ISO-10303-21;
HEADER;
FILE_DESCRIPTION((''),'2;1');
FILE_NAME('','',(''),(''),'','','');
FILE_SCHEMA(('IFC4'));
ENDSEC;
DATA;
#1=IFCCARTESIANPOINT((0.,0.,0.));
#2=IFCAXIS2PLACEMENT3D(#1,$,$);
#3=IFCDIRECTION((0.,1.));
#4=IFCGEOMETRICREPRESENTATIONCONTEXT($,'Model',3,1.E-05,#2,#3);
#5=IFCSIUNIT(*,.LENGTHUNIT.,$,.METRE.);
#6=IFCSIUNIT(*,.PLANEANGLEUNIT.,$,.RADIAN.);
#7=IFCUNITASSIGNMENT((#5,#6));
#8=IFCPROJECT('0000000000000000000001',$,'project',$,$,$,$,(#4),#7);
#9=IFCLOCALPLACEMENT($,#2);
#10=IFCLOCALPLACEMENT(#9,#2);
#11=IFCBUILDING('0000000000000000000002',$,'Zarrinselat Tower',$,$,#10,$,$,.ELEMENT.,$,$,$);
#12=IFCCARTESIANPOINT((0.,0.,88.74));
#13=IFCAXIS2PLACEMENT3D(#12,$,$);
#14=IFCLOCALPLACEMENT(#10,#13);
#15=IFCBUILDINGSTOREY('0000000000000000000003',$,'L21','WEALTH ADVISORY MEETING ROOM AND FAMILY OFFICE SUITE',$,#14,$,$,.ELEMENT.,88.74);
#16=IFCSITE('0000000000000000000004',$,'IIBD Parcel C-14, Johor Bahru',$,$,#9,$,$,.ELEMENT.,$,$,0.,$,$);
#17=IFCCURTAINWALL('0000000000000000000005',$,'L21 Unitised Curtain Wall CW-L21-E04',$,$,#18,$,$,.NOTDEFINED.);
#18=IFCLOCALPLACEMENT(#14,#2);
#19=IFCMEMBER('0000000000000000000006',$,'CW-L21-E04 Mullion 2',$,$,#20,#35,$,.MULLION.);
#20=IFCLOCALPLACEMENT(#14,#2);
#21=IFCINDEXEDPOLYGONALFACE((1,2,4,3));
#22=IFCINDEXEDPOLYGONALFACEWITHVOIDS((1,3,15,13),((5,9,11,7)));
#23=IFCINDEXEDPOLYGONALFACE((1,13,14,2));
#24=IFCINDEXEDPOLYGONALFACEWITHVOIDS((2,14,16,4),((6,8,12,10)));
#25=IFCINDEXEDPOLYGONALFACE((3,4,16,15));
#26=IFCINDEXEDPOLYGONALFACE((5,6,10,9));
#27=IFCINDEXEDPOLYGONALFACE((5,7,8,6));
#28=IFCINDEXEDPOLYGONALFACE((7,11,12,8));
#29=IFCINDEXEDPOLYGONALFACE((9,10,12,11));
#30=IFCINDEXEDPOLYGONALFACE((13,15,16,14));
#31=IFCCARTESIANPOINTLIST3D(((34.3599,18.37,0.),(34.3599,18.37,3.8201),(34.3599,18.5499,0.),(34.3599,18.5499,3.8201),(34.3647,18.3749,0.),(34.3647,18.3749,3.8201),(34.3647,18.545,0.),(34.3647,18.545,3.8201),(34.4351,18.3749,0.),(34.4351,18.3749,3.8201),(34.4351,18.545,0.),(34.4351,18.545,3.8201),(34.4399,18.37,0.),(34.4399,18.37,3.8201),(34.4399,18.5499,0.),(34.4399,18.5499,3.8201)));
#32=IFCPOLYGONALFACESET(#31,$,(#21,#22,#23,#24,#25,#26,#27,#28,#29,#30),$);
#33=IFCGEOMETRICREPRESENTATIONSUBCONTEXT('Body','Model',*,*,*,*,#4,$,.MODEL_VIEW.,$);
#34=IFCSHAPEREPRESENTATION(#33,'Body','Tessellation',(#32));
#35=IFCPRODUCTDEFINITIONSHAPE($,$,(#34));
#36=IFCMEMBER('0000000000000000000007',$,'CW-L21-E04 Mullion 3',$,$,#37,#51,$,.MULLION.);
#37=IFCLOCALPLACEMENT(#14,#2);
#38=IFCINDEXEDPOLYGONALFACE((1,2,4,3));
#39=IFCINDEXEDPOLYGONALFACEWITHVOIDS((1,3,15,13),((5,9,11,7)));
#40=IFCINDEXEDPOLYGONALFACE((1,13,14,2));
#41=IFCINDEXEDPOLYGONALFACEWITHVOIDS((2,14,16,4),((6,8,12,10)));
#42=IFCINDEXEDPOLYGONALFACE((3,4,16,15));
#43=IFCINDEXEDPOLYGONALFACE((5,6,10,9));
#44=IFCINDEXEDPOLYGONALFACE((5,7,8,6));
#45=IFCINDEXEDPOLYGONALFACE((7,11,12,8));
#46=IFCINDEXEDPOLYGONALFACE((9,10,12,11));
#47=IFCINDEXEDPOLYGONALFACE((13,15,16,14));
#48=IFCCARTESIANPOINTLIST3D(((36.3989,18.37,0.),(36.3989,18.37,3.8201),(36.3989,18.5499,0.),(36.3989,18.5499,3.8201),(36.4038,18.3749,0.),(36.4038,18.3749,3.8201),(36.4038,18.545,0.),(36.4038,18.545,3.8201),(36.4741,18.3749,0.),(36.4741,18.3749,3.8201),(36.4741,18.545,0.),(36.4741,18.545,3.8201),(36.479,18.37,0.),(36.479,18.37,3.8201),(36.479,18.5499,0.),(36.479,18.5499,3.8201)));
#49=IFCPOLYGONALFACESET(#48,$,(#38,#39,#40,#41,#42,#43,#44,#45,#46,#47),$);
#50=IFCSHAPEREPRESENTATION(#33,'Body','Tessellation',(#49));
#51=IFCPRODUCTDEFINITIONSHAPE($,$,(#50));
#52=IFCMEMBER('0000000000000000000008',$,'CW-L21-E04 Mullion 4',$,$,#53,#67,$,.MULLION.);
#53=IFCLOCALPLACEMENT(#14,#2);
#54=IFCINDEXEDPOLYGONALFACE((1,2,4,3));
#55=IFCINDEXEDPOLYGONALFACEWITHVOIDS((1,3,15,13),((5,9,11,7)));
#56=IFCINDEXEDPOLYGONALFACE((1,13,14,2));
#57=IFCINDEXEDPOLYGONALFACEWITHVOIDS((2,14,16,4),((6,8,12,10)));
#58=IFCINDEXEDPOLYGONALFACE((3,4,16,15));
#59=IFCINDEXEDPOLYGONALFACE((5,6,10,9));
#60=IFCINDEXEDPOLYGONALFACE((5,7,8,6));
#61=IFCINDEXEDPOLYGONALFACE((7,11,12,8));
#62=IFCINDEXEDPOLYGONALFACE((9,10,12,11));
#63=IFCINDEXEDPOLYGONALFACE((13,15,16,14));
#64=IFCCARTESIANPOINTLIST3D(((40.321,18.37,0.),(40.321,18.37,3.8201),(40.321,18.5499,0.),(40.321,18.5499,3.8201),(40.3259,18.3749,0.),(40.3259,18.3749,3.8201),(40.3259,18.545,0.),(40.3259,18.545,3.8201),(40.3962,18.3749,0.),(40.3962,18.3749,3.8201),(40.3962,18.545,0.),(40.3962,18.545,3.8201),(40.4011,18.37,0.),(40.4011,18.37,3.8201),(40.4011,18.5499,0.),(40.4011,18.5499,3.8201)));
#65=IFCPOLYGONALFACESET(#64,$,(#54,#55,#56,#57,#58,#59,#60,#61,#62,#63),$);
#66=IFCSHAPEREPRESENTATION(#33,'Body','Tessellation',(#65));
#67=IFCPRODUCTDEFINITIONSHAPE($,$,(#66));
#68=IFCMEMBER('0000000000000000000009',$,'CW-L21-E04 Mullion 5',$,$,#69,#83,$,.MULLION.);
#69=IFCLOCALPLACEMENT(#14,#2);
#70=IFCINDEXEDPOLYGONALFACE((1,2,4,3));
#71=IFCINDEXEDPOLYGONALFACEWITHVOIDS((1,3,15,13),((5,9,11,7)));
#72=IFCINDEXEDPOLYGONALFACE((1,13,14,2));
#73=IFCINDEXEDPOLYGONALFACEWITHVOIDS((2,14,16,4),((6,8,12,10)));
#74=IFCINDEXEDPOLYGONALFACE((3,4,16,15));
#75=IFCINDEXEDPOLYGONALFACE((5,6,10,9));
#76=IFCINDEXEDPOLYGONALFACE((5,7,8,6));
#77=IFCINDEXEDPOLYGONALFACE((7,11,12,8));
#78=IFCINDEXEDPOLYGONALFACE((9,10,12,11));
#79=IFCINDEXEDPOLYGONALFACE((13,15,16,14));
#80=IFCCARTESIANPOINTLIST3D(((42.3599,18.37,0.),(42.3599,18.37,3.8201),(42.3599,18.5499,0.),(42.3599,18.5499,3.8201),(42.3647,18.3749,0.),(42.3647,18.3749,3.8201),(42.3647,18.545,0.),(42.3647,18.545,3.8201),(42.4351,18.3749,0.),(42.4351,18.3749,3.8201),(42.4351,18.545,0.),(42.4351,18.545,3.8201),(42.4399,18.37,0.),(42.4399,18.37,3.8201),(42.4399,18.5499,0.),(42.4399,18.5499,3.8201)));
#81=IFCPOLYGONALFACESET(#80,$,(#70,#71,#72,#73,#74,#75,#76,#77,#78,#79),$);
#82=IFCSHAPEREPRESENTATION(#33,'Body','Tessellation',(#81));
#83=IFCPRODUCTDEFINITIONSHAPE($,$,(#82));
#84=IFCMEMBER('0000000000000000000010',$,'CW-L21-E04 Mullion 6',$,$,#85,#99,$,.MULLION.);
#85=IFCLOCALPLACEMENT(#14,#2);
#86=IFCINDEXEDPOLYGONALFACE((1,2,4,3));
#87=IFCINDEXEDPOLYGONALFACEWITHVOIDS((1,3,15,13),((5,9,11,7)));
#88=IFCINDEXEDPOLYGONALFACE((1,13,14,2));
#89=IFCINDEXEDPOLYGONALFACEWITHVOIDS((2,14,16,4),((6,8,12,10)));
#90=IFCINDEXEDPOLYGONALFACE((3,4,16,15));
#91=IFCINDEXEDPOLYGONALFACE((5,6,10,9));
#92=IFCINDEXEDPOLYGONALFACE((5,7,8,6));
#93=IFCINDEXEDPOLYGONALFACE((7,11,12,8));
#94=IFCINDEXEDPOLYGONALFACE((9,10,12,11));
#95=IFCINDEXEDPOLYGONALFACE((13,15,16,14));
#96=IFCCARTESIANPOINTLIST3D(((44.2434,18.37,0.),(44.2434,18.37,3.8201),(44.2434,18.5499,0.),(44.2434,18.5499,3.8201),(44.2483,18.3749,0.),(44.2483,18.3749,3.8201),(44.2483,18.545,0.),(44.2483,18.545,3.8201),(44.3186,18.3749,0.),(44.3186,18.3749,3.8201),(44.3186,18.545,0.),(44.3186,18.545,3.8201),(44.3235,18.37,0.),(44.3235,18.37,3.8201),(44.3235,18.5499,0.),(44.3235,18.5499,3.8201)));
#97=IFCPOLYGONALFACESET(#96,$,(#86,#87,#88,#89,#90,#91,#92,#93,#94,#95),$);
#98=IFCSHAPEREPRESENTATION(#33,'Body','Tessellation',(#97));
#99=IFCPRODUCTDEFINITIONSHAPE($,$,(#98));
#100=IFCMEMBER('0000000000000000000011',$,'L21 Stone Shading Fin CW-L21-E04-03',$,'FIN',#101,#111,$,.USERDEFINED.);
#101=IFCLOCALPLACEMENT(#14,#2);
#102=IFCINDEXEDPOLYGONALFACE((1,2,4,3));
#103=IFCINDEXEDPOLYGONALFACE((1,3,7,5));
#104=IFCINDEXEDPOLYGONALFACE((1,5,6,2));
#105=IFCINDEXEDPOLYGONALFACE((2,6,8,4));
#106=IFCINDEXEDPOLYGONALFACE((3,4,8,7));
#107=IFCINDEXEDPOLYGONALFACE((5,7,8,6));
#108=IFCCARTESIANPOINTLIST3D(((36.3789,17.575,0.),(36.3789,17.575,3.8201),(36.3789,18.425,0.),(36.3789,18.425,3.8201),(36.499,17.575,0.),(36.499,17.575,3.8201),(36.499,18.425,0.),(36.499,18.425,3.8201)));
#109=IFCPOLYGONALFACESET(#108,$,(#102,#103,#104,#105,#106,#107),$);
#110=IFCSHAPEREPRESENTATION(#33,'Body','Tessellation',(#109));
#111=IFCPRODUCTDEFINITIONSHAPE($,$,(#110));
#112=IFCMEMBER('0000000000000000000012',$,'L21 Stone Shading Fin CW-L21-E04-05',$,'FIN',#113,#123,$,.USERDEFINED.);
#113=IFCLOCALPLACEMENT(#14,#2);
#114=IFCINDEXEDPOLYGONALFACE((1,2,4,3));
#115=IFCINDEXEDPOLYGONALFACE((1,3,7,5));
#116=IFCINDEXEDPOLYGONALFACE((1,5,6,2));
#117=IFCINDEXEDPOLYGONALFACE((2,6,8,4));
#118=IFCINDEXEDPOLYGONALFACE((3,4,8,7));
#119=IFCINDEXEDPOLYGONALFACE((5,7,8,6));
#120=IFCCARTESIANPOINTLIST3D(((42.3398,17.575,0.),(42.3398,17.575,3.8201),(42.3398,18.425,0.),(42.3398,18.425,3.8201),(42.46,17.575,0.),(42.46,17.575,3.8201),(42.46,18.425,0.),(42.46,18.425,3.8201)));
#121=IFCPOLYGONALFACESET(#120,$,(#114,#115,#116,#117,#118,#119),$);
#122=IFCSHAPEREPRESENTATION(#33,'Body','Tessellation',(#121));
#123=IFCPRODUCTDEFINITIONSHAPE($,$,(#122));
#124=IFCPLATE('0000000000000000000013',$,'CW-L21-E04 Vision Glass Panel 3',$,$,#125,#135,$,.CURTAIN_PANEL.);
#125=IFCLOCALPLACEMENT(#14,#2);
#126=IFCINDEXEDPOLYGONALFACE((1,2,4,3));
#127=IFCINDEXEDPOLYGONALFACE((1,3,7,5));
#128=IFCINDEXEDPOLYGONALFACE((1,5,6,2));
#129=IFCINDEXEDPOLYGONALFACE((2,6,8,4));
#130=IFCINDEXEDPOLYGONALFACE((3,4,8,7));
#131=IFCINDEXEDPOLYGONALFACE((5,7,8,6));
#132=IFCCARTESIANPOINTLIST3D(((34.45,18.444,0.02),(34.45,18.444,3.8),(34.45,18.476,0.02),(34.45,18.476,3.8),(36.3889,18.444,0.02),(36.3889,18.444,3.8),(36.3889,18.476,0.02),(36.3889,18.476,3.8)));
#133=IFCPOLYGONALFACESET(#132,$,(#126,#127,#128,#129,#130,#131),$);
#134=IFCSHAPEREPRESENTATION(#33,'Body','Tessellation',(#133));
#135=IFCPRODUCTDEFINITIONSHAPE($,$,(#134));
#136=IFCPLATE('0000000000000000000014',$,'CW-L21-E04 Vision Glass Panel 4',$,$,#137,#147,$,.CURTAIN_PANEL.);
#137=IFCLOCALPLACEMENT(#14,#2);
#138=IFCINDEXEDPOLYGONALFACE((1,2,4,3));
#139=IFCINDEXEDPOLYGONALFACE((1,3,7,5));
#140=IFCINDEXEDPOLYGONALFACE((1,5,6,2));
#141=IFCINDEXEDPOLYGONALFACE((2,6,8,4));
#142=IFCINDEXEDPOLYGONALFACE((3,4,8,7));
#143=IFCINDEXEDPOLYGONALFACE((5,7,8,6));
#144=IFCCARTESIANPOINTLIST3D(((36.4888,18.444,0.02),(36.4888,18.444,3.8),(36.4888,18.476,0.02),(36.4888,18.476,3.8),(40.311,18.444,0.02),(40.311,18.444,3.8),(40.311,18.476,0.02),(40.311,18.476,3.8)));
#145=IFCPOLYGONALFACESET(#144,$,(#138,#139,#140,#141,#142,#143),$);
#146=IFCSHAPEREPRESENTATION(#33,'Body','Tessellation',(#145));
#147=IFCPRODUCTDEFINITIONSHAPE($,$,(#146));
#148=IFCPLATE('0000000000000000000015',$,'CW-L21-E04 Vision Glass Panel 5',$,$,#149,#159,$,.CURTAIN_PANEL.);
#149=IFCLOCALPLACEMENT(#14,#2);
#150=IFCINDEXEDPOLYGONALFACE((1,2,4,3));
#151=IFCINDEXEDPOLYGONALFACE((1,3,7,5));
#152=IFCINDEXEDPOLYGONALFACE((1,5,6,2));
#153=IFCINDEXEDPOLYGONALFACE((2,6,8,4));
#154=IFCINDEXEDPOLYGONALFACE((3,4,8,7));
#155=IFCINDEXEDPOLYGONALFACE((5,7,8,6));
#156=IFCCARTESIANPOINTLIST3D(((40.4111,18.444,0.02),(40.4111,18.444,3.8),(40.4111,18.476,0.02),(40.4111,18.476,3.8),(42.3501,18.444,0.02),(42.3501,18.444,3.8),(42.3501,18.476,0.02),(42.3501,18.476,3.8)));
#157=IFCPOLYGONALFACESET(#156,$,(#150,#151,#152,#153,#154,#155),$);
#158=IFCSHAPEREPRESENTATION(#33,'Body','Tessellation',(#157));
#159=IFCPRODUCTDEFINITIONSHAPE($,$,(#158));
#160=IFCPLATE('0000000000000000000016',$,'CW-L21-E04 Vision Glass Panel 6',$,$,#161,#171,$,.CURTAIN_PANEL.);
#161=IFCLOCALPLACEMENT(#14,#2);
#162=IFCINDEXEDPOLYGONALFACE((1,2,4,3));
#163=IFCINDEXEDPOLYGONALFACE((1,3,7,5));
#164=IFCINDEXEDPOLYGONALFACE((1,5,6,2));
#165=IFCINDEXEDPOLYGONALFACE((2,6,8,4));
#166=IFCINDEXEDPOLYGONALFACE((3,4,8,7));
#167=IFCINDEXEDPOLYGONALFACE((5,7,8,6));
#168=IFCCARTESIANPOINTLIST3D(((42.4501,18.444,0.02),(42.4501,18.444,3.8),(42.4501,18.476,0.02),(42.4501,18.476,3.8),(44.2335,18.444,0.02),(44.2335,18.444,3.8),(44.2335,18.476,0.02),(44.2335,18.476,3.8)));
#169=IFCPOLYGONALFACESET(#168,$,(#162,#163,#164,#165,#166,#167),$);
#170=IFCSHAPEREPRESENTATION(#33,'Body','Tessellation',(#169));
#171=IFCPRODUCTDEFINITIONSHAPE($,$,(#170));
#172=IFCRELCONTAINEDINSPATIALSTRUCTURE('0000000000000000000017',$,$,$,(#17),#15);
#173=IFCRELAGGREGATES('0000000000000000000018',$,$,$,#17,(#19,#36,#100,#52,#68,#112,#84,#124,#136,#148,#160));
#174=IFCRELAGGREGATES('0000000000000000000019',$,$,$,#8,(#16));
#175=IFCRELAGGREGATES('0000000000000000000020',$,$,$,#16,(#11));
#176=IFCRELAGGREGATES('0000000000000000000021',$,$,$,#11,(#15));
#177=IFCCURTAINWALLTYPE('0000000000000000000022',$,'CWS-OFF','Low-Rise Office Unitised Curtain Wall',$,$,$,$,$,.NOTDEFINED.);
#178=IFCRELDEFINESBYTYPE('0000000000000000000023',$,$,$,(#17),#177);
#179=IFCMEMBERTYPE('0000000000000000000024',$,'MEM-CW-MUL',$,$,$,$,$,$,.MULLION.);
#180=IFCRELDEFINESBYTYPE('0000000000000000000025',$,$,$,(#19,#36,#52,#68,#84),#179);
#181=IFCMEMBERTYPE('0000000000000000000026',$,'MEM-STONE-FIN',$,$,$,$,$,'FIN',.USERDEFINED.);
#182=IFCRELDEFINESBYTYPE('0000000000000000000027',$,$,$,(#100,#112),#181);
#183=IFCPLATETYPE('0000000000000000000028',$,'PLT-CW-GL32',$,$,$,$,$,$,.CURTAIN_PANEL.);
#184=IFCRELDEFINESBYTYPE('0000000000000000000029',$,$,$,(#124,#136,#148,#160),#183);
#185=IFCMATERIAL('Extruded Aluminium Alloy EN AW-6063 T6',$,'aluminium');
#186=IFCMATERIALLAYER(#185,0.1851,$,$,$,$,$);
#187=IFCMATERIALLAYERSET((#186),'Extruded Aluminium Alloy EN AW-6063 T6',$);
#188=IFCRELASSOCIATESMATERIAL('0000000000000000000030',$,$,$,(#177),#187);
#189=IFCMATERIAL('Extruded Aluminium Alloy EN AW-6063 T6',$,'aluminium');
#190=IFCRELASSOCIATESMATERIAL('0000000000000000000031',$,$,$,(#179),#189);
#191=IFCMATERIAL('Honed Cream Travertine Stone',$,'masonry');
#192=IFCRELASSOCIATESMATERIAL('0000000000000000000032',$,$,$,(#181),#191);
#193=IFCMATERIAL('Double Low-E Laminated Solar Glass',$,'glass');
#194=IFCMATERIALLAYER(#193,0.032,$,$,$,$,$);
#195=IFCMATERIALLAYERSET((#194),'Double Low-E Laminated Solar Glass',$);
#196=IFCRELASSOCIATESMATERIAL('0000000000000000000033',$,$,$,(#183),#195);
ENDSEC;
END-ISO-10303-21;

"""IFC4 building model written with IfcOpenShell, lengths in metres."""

from ifc_helpers import new_model, si_unit, direction, frame, origin, origin_2d, place, context, subcontext, project, spatial, rectangle, hollow_rectangle, extrude, material, layer, layer_set, material_profile, profile_set, type_object, element, aggregate, save


model = new_model("IFC4")

# Units and contexts
model_context = context("Model", 3, precision=1e-05, world=origin(), true_north=direction((0.0, 1.0)))
body_context = subcontext(model_context, "Body", "Model", "MODEL_VIEW")
ifc_project = project(units=[si_unit("LENGTHUNIT", "METRE"), si_unit("PLANEANGLEUNIT", "RADIAN")], contexts=[model_context])

# Site, building, storey
site_placement = place(None, origin())
site = spatial("IfcSite", under=ifc_project, at=site_placement, Name="IIBD Parcel C-14, Johor Bahru", CompositionType="ELEMENT", RefElevation=0.0)
building_placement = place(site_placement, origin())
building = spatial("IfcBuilding", under=site, at=building_placement, Name="Zarrinselat Tower", CompositionType="ELEMENT")
storey_placement = place(building_placement, frame((0.0, 0.0, 88.74)))
storey = spatial("IfcBuildingStorey", under=building, at=storey_placement, Name="L21", Description="WEALTH ADVISORY MEETING ROOM AND FAMILY OFFICE SUITE", CompositionType="ELEMENT", Elevation=88.74)

# Curtain wall, members, plates
ifc_material_1 = material(Name="Extruded Aluminium Alloy EN AW-6063 T6", Category="aluminium")
ifc_layer_1 = layer(ifc_material_1, 0.1851)
ifc_layer_set_1 = layer_set([ifc_layer_1], Name="Extruded Aluminium Alloy EN AW-6063 T6")
curtain_wall_type = type_object("IfcCurtainWallType", Name="CWS-OFF", Description="Low-Rise Office Unitised Curtain Wall", PredefinedType="NOTDEFINED", material=ifc_layer_set_1)
curtain_wall_placement = place(storey_placement, origin())
curtain_wall = element("IfcCurtainWall", 1, at=curtain_wall_placement, inside=storey, type_object=curtain_wall_type, Name="L21 Unitised Curtain Wall CW-L21-E04", PredefinedType="NOTDEFINED")
ifc_material_2 = material(Name="Extruded Aluminium Alloy EN AW-6063 T6", Category="aluminium")
ifc_material_profile_1 = material_profile(ifc_material_2, hollow_rectangle(XDim=0.0801, YDim=0.1799, WallThickness=0.0049, at=origin_2d()), Name="RHS 180x80x5")
ifc_profile_set_1 = profile_set([ifc_material_profile_1], Name="Extruded Aluminium Alloy EN AW-6063 T6")
member_type_1 = type_object("IfcMemberType", Name="MEM-CW-MUL", PredefinedType="MULLION", material=ifc_profile_set_1)
member_1_placement = place(storey_placement, frame((34.3999, 18.46, 0.0), z_axis=(0.0, 0.0, 1.0), x_axis=(1.0, 0.0, 0.0)))
member_1 = element("IfcMember", 2, at=member_1_placement, type_object=member_type_1, Name="CW-L21-E04 Mullion 2", PredefinedType="MULLION", context=body_context, shape_type="SweptSolid", body=[
    extrude(hollow_rectangle(XDim=0.0801, YDim=0.1799, WallThickness=0.0049, at=origin_2d()), origin(), (0.0, 0.0, 1.0), 3.8201),
])
member_2_placement = place(storey_placement, frame((36.439, 18.46, 0.0), z_axis=(0.0, 0.0, 1.0), x_axis=(1.0, 0.0, 0.0)))
member_2 = element("IfcMember", 3, at=member_2_placement, type_object=member_type_1, Name="CW-L21-E04 Mullion 3", PredefinedType="MULLION", context=body_context, shape_type="SweptSolid", body=[
    extrude(hollow_rectangle(XDim=0.0801, YDim=0.1799, WallThickness=0.0049, at=origin_2d()), origin(), (0.0, 0.0, 1.0), 3.8201),
])
member_3_placement = place(storey_placement, frame((40.3611, 18.46, 0.0), z_axis=(0.0, 0.0, 1.0), x_axis=(1.0, 0.0, 0.0)))
member_3 = element("IfcMember", 4, at=member_3_placement, type_object=member_type_1, Name="CW-L21-E04 Mullion 4", PredefinedType="MULLION", context=body_context, shape_type="SweptSolid", body=[
    extrude(hollow_rectangle(XDim=0.0801, YDim=0.1799, WallThickness=0.0049, at=origin_2d()), origin(), (0.0, 0.0, 1.0), 3.8201),
])
member_4_placement = place(storey_placement, frame((42.3999, 18.46, 0.0), z_axis=(0.0, 0.0, 1.0), x_axis=(1.0, 0.0, 0.0)))
member_4 = element("IfcMember", 5, at=member_4_placement, type_object=member_type_1, Name="CW-L21-E04 Mullion 5", PredefinedType="MULLION", context=body_context, shape_type="SweptSolid", body=[
    extrude(hollow_rectangle(XDim=0.0801, YDim=0.1799, WallThickness=0.0049, at=origin_2d()), origin(), (0.0, 0.0, 1.0), 3.8201),
])
member_5_placement = place(storey_placement, frame((44.2834, 18.46, 0.0), z_axis=(0.0, 0.0, 1.0), x_axis=(1.0, 0.0, 0.0)))
member_5 = element("IfcMember", 6, at=member_5_placement, type_object=member_type_1, Name="CW-L21-E04 Mullion 6", PredefinedType="MULLION", context=body_context, shape_type="SweptSolid", body=[
    extrude(hollow_rectangle(XDim=0.0801, YDim=0.1799, WallThickness=0.0049, at=origin_2d()), origin(), (0.0, 0.0, 1.0), 3.8201),
])
ifc_material_3 = material(Name="Honed Cream Travertine Stone", Category="masonry")
ifc_material_profile_2 = material_profile(ifc_material_3, rectangle(XDim=0.1201, YDim=0.8501, at=origin_2d()), Name="FIN 850x120")
ifc_profile_set_2 = profile_set([ifc_material_profile_2], Name="Honed Cream Travertine Stone")
member_type_2 = type_object("IfcMemberType", Name="MEM-STONE-FIN", ElementType="FIN", PredefinedType="USERDEFINED", material=ifc_profile_set_2)
member_6_placement = place(storey_placement, frame((36.439, 18.0, 0.0), z_axis=(0.0, 0.0, 1.0), x_axis=(-1.0, 0.0, 0.0)))
member_6 = element("IfcMember", 7, at=member_6_placement, type_object=member_type_2, Name="L21 Stone Shading Fin CW-L21-E04-03", ObjectType="FIN", PredefinedType="USERDEFINED", context=body_context, shape_type="SweptSolid", body=[
    extrude(rectangle(XDim=0.1201, YDim=0.8501, at=origin_2d()), origin(), (0.0, 0.0, 1.0), 3.8201),
])
member_7_placement = place(storey_placement, frame((42.3999, 18.0, 0.0), z_axis=(0.0, 0.0, 1.0), x_axis=(-1.0, 0.0, 0.0)))
member_7 = element("IfcMember", 8, at=member_7_placement, type_object=member_type_2, Name="L21 Stone Shading Fin CW-L21-E04-05", ObjectType="FIN", PredefinedType="USERDEFINED", context=body_context, shape_type="SweptSolid", body=[
    extrude(rectangle(XDim=0.1201, YDim=0.8501, at=origin_2d()), origin(), (0.0, 0.0, 1.0), 3.8201),
])
ifc_material_4 = material(Name="Double Low-E Laminated Solar Glass", Category="glass")
ifc_layer_2 = layer(ifc_material_4, 0.032)
ifc_layer_set_2 = layer_set([ifc_layer_2], Name="Double Low-E Laminated Solar Glass")
plate_type = type_object("IfcPlateType", Name="PLT-CW-GL32", PredefinedType="CURTAIN_PANEL", material=ifc_layer_set_2)
plate_1_placement = place(storey_placement, frame((35.4194, 18.46, 0.02), z_axis=(0.0, 0.0, 1.0), x_axis=(1.0, 0.0, 0.0)))
plate_1 = element("IfcPlate", 9, at=plate_1_placement, type_object=plate_type, Name="CW-L21-E04 Vision Glass Panel 3", PredefinedType="CURTAIN_PANEL", context=body_context, shape_type="SweptSolid", body=[
    extrude(rectangle(XDim=1.939, YDim=0.032, at=origin_2d()), origin(), (0.0, 0.0, 1.0), 3.78),
])
plate_2_placement = place(storey_placement, frame((38.3999, 18.46, 0.02), z_axis=(0.0, 0.0, 1.0), x_axis=(1.0, 0.0, 0.0)))
plate_2 = element("IfcPlate", 10, at=plate_2_placement, type_object=plate_type, Name="CW-L21-E04 Vision Glass Panel 4", PredefinedType="CURTAIN_PANEL", context=body_context, shape_type="SweptSolid", body=[
    extrude(rectangle(XDim=3.8223, YDim=0.032, at=origin_2d()), origin(), (0.0, 0.0, 1.0), 3.78),
])
plate_3_placement = place(storey_placement, frame((41.3806, 18.46, 0.02), z_axis=(0.0, 0.0, 1.0), x_axis=(1.0, 0.0, 0.0)))
plate_3 = element("IfcPlate", 11, at=plate_3_placement, type_object=plate_type, Name="CW-L21-E04 Vision Glass Panel 5", PredefinedType="CURTAIN_PANEL", context=body_context, shape_type="SweptSolid", body=[
    extrude(rectangle(XDim=1.939, YDim=0.032, at=origin_2d()), origin(), (0.0, 0.0, 1.0), 3.78),
])
plate_4_placement = place(storey_placement, frame((43.3418, 18.46, 0.02), z_axis=(0.0, 0.0, 1.0), x_axis=(1.0, 0.0, 0.0)))
plate_4 = element("IfcPlate", 12, at=plate_4_placement, type_object=plate_type, Name="CW-L21-E04 Vision Glass Panel 6", PredefinedType="CURTAIN_PANEL", context=body_context, shape_type="SweptSolid", body=[
    extrude(rectangle(XDim=1.7834, YDim=0.032, at=origin_2d()), origin(), (0.0, 0.0, 1.0), 3.78),
])
aggregate(curtain_wall, [member_1, member_2, member_6, member_3, member_4, member_7, member_5, plate_1, plate_2, plate_3, plate_4])

save(model, "model.ifc")
